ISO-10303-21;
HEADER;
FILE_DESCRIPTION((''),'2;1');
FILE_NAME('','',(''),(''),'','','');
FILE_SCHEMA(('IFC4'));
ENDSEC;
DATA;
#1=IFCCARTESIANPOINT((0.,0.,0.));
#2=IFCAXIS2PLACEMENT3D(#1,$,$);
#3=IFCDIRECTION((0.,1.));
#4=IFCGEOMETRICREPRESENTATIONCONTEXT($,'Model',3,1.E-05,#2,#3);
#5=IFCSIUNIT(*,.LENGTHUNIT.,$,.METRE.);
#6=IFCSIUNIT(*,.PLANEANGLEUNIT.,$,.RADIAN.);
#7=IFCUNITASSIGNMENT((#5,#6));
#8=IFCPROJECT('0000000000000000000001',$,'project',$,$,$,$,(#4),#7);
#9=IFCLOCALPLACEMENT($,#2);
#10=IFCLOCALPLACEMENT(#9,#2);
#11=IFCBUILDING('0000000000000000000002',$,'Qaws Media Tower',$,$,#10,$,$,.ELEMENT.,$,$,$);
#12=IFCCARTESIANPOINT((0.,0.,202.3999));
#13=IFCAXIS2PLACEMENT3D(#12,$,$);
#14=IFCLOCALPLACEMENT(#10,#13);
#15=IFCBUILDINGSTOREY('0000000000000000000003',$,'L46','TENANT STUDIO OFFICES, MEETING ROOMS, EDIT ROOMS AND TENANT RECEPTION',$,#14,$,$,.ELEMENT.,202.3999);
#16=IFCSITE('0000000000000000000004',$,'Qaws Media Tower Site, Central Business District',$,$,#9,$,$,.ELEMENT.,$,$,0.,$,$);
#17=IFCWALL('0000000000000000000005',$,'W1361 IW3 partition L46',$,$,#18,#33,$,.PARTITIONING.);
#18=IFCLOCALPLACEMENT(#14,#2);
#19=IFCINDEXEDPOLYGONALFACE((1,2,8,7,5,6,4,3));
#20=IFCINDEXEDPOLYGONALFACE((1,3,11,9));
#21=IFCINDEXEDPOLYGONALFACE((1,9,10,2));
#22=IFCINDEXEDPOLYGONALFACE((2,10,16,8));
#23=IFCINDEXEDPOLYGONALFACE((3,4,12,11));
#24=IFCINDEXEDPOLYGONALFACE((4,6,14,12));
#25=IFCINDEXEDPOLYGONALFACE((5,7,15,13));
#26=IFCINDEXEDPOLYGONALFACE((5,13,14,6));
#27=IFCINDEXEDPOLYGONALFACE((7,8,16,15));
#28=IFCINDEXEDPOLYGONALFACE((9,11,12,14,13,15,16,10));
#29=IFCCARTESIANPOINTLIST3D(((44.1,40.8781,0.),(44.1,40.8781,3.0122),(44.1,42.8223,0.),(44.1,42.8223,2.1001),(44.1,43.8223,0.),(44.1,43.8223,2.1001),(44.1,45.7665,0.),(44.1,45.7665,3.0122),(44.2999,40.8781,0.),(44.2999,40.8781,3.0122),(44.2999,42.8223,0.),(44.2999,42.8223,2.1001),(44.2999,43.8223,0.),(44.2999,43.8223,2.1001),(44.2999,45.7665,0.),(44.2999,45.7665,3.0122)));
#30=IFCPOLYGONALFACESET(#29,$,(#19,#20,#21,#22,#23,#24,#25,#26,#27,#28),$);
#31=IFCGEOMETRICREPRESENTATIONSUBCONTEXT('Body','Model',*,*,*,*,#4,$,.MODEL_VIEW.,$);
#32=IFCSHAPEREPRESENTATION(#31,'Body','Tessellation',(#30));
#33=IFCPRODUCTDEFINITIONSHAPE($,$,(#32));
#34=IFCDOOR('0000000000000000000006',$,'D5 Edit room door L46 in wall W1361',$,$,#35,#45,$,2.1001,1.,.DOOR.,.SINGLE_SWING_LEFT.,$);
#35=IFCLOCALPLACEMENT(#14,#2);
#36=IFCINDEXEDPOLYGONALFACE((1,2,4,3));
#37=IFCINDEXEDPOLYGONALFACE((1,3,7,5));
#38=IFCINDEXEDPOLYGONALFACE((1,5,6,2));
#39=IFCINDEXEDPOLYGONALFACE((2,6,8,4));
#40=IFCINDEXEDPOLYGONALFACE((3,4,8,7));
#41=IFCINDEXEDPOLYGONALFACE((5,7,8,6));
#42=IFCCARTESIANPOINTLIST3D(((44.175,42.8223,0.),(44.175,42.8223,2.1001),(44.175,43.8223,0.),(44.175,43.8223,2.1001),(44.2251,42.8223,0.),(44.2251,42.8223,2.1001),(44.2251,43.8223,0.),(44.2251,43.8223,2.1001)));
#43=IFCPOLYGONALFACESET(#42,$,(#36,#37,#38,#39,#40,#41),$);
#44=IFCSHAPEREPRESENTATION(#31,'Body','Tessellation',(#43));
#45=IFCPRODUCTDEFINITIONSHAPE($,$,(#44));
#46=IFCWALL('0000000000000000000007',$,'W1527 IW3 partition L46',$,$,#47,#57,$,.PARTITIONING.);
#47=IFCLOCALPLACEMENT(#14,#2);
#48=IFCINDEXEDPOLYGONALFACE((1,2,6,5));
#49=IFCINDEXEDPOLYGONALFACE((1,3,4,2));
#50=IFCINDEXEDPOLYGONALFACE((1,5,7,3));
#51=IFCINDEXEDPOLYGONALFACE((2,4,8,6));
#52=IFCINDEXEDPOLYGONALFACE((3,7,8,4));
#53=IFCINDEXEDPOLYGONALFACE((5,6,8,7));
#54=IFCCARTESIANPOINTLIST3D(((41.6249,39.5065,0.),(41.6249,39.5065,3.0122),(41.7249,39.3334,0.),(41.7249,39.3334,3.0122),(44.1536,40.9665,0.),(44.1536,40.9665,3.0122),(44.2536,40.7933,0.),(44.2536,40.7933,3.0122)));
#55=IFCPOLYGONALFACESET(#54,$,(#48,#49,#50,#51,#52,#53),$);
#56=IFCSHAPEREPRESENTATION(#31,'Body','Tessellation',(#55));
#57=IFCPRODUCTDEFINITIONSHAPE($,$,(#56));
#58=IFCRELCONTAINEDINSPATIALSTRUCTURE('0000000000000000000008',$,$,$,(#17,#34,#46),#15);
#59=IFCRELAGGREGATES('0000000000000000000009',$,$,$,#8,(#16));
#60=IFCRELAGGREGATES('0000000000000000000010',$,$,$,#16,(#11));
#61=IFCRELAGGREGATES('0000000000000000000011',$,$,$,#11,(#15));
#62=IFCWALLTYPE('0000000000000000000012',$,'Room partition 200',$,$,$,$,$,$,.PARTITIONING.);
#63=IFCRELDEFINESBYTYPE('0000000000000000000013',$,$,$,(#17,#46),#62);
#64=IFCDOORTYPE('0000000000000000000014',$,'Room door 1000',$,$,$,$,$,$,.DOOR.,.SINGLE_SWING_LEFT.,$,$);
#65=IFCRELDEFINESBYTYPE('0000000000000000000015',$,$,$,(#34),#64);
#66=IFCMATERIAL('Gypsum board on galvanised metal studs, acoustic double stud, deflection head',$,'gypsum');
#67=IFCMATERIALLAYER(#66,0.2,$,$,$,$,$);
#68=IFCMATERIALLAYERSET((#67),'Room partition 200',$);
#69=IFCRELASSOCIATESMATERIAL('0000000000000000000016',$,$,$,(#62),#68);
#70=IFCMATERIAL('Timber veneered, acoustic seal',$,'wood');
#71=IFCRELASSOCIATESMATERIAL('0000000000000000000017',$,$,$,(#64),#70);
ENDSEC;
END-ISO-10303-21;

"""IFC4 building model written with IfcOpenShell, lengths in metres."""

from ifc_helpers import new_model, si_unit, direction, frame, frame_2d, origin, place, context, subcontext, project, spatial, rectangle, extrude, material, layer, layer_set, type_object, element, fill, save


model = new_model("IFC4")

# Units and contexts
model_context = context("Model", 3, precision=1e-05, world=origin(), true_north=direction((0.0, 1.0)))
body_context = subcontext(model_context, "Body", "Model", "MODEL_VIEW")
ifc_project = project(units=[si_unit("LENGTHUNIT", "METRE"), si_unit("PLANEANGLEUNIT", "RADIAN")], contexts=[model_context])

# Site, building, storey
site_placement = place(None, origin())
site = spatial("IfcSite", under=ifc_project, at=site_placement, Name="Qaws Media Tower Site, Central Business District", CompositionType="ELEMENT", RefElevation=0.0)
building_placement = place(site_placement, origin())
building = spatial("IfcBuilding", under=site, at=building_placement, Name="Qaws Media Tower", CompositionType="ELEMENT")
storey_placement = place(building_placement, frame((0.0, 0.0, 202.3999)))
storey = spatial("IfcBuildingStorey", under=building, at=storey_placement, Name="L46", Description="TENANT STUDIO OFFICES, MEETING ROOMS, EDIT ROOMS AND TENANT RECEPTION", CompositionType="ELEMENT", Elevation=202.3999)

# Shared definitions
ifc_material_1 = material(Name="Gypsum board on galvanised metal studs, acoustic double stud, deflection head", Category="gypsum")
ifc_layer_1 = layer(ifc_material_1, 0.2)
ifc_layer_set_1 = layer_set([ifc_layer_1], Name="Room partition 200")
wall_type = type_object("IfcWallType", Name="Room partition 200", PredefinedType="PARTITIONING", material=ifc_layer_set_1)

# Wall, opening, door
wall_1_placement = place(storey_placement, frame((44.2, 40.8779, 0.0), z_axis=(0.0, 0.0, 1.0), x_axis=(0.0, 1.0, 0.0)))
wall_1 = element("IfcWall", 1, at=wall_1_placement, inside=storey, type_object=wall_type, Name="W1361 IW3 partition L46", PredefinedType="PARTITIONING", context=body_context, shape_type="SweptSolid", body=[
    extrude(rectangle(XDim=4.8884, YDim=0.2, at=frame_2d((2.4443, 0.0))), origin(), (0.0, 0.0, 1.0), 3.0122),
])
opening_1_placement = place(wall_1_placement, frame((1.9443, 0.0, 0.0)))
opening_1 = element("IfcOpeningElement", 2, at=opening_1_placement, cuts=wall_1, PredefinedType="OPENING", context=body_context, shape_type="SweptSolid", body=[
    extrude(rectangle(XDim=1.0, YDim=2.1001, at=frame_2d((0.5, 1.05))), frame((0.0, 0.1099, 0.0), z_axis=(0.0, -1.0, 0.0), x_axis=(1.0, 0.0, 0.0)), (0.0, 0.0, 1.0), 0.22),
])
ifc_material_2 = material(Name="Timber veneered, acoustic seal", Category="wood")
door_type_1 = type_object("IfcDoorType", Name="Room door 1000", OperationType="SINGLE_SWING_LEFT", PredefinedType="DOOR", material=ifc_material_2)
door_1_placement = place(opening_1_placement, origin())
door_1 = element("IfcDoor", 3, at=door_1_placement, inside=storey, type_object=door_type_1, Name="D5 Edit room door L46 in wall W1361", OperationType="SINGLE_SWING_LEFT", OverallHeight=2.1001, OverallWidth=1.0, PredefinedType="DOOR", context=body_context, shape_type="SweptSolid", body=[
    extrude(rectangle(XDim=1.0, YDim=2.1001, at=frame_2d((0.5, 1.05))), frame((0.0, 0.0249, 0.0), z_axis=(0.0, -1.0, 0.0), x_axis=(1.0, 0.0, 0.0)), (0.0, 0.0, 1.0), 0.05),
])
fill(opening_1, door_1)

# Wall
wall_2_placement = place(storey_placement, frame((44.2036, 40.8799, 0.0), z_axis=(0.0, 0.0, 1.0), x_axis=(-0.866032, -0.499988, 0.0)))
element("IfcWall", 4, at=wall_2_placement, inside=storey, type_object=wall_type, Name="W1527 IW3 partition L46", PredefinedType="PARTITIONING", context=body_context, shape_type="SweptSolid", body=[
    extrude(rectangle(XDim=2.9199, YDim=0.2, at=frame_2d((1.46, 0.0))), origin(), (0.0, 0.0, 1.0), 3.0122),
])

save(model, "model.ifc")
